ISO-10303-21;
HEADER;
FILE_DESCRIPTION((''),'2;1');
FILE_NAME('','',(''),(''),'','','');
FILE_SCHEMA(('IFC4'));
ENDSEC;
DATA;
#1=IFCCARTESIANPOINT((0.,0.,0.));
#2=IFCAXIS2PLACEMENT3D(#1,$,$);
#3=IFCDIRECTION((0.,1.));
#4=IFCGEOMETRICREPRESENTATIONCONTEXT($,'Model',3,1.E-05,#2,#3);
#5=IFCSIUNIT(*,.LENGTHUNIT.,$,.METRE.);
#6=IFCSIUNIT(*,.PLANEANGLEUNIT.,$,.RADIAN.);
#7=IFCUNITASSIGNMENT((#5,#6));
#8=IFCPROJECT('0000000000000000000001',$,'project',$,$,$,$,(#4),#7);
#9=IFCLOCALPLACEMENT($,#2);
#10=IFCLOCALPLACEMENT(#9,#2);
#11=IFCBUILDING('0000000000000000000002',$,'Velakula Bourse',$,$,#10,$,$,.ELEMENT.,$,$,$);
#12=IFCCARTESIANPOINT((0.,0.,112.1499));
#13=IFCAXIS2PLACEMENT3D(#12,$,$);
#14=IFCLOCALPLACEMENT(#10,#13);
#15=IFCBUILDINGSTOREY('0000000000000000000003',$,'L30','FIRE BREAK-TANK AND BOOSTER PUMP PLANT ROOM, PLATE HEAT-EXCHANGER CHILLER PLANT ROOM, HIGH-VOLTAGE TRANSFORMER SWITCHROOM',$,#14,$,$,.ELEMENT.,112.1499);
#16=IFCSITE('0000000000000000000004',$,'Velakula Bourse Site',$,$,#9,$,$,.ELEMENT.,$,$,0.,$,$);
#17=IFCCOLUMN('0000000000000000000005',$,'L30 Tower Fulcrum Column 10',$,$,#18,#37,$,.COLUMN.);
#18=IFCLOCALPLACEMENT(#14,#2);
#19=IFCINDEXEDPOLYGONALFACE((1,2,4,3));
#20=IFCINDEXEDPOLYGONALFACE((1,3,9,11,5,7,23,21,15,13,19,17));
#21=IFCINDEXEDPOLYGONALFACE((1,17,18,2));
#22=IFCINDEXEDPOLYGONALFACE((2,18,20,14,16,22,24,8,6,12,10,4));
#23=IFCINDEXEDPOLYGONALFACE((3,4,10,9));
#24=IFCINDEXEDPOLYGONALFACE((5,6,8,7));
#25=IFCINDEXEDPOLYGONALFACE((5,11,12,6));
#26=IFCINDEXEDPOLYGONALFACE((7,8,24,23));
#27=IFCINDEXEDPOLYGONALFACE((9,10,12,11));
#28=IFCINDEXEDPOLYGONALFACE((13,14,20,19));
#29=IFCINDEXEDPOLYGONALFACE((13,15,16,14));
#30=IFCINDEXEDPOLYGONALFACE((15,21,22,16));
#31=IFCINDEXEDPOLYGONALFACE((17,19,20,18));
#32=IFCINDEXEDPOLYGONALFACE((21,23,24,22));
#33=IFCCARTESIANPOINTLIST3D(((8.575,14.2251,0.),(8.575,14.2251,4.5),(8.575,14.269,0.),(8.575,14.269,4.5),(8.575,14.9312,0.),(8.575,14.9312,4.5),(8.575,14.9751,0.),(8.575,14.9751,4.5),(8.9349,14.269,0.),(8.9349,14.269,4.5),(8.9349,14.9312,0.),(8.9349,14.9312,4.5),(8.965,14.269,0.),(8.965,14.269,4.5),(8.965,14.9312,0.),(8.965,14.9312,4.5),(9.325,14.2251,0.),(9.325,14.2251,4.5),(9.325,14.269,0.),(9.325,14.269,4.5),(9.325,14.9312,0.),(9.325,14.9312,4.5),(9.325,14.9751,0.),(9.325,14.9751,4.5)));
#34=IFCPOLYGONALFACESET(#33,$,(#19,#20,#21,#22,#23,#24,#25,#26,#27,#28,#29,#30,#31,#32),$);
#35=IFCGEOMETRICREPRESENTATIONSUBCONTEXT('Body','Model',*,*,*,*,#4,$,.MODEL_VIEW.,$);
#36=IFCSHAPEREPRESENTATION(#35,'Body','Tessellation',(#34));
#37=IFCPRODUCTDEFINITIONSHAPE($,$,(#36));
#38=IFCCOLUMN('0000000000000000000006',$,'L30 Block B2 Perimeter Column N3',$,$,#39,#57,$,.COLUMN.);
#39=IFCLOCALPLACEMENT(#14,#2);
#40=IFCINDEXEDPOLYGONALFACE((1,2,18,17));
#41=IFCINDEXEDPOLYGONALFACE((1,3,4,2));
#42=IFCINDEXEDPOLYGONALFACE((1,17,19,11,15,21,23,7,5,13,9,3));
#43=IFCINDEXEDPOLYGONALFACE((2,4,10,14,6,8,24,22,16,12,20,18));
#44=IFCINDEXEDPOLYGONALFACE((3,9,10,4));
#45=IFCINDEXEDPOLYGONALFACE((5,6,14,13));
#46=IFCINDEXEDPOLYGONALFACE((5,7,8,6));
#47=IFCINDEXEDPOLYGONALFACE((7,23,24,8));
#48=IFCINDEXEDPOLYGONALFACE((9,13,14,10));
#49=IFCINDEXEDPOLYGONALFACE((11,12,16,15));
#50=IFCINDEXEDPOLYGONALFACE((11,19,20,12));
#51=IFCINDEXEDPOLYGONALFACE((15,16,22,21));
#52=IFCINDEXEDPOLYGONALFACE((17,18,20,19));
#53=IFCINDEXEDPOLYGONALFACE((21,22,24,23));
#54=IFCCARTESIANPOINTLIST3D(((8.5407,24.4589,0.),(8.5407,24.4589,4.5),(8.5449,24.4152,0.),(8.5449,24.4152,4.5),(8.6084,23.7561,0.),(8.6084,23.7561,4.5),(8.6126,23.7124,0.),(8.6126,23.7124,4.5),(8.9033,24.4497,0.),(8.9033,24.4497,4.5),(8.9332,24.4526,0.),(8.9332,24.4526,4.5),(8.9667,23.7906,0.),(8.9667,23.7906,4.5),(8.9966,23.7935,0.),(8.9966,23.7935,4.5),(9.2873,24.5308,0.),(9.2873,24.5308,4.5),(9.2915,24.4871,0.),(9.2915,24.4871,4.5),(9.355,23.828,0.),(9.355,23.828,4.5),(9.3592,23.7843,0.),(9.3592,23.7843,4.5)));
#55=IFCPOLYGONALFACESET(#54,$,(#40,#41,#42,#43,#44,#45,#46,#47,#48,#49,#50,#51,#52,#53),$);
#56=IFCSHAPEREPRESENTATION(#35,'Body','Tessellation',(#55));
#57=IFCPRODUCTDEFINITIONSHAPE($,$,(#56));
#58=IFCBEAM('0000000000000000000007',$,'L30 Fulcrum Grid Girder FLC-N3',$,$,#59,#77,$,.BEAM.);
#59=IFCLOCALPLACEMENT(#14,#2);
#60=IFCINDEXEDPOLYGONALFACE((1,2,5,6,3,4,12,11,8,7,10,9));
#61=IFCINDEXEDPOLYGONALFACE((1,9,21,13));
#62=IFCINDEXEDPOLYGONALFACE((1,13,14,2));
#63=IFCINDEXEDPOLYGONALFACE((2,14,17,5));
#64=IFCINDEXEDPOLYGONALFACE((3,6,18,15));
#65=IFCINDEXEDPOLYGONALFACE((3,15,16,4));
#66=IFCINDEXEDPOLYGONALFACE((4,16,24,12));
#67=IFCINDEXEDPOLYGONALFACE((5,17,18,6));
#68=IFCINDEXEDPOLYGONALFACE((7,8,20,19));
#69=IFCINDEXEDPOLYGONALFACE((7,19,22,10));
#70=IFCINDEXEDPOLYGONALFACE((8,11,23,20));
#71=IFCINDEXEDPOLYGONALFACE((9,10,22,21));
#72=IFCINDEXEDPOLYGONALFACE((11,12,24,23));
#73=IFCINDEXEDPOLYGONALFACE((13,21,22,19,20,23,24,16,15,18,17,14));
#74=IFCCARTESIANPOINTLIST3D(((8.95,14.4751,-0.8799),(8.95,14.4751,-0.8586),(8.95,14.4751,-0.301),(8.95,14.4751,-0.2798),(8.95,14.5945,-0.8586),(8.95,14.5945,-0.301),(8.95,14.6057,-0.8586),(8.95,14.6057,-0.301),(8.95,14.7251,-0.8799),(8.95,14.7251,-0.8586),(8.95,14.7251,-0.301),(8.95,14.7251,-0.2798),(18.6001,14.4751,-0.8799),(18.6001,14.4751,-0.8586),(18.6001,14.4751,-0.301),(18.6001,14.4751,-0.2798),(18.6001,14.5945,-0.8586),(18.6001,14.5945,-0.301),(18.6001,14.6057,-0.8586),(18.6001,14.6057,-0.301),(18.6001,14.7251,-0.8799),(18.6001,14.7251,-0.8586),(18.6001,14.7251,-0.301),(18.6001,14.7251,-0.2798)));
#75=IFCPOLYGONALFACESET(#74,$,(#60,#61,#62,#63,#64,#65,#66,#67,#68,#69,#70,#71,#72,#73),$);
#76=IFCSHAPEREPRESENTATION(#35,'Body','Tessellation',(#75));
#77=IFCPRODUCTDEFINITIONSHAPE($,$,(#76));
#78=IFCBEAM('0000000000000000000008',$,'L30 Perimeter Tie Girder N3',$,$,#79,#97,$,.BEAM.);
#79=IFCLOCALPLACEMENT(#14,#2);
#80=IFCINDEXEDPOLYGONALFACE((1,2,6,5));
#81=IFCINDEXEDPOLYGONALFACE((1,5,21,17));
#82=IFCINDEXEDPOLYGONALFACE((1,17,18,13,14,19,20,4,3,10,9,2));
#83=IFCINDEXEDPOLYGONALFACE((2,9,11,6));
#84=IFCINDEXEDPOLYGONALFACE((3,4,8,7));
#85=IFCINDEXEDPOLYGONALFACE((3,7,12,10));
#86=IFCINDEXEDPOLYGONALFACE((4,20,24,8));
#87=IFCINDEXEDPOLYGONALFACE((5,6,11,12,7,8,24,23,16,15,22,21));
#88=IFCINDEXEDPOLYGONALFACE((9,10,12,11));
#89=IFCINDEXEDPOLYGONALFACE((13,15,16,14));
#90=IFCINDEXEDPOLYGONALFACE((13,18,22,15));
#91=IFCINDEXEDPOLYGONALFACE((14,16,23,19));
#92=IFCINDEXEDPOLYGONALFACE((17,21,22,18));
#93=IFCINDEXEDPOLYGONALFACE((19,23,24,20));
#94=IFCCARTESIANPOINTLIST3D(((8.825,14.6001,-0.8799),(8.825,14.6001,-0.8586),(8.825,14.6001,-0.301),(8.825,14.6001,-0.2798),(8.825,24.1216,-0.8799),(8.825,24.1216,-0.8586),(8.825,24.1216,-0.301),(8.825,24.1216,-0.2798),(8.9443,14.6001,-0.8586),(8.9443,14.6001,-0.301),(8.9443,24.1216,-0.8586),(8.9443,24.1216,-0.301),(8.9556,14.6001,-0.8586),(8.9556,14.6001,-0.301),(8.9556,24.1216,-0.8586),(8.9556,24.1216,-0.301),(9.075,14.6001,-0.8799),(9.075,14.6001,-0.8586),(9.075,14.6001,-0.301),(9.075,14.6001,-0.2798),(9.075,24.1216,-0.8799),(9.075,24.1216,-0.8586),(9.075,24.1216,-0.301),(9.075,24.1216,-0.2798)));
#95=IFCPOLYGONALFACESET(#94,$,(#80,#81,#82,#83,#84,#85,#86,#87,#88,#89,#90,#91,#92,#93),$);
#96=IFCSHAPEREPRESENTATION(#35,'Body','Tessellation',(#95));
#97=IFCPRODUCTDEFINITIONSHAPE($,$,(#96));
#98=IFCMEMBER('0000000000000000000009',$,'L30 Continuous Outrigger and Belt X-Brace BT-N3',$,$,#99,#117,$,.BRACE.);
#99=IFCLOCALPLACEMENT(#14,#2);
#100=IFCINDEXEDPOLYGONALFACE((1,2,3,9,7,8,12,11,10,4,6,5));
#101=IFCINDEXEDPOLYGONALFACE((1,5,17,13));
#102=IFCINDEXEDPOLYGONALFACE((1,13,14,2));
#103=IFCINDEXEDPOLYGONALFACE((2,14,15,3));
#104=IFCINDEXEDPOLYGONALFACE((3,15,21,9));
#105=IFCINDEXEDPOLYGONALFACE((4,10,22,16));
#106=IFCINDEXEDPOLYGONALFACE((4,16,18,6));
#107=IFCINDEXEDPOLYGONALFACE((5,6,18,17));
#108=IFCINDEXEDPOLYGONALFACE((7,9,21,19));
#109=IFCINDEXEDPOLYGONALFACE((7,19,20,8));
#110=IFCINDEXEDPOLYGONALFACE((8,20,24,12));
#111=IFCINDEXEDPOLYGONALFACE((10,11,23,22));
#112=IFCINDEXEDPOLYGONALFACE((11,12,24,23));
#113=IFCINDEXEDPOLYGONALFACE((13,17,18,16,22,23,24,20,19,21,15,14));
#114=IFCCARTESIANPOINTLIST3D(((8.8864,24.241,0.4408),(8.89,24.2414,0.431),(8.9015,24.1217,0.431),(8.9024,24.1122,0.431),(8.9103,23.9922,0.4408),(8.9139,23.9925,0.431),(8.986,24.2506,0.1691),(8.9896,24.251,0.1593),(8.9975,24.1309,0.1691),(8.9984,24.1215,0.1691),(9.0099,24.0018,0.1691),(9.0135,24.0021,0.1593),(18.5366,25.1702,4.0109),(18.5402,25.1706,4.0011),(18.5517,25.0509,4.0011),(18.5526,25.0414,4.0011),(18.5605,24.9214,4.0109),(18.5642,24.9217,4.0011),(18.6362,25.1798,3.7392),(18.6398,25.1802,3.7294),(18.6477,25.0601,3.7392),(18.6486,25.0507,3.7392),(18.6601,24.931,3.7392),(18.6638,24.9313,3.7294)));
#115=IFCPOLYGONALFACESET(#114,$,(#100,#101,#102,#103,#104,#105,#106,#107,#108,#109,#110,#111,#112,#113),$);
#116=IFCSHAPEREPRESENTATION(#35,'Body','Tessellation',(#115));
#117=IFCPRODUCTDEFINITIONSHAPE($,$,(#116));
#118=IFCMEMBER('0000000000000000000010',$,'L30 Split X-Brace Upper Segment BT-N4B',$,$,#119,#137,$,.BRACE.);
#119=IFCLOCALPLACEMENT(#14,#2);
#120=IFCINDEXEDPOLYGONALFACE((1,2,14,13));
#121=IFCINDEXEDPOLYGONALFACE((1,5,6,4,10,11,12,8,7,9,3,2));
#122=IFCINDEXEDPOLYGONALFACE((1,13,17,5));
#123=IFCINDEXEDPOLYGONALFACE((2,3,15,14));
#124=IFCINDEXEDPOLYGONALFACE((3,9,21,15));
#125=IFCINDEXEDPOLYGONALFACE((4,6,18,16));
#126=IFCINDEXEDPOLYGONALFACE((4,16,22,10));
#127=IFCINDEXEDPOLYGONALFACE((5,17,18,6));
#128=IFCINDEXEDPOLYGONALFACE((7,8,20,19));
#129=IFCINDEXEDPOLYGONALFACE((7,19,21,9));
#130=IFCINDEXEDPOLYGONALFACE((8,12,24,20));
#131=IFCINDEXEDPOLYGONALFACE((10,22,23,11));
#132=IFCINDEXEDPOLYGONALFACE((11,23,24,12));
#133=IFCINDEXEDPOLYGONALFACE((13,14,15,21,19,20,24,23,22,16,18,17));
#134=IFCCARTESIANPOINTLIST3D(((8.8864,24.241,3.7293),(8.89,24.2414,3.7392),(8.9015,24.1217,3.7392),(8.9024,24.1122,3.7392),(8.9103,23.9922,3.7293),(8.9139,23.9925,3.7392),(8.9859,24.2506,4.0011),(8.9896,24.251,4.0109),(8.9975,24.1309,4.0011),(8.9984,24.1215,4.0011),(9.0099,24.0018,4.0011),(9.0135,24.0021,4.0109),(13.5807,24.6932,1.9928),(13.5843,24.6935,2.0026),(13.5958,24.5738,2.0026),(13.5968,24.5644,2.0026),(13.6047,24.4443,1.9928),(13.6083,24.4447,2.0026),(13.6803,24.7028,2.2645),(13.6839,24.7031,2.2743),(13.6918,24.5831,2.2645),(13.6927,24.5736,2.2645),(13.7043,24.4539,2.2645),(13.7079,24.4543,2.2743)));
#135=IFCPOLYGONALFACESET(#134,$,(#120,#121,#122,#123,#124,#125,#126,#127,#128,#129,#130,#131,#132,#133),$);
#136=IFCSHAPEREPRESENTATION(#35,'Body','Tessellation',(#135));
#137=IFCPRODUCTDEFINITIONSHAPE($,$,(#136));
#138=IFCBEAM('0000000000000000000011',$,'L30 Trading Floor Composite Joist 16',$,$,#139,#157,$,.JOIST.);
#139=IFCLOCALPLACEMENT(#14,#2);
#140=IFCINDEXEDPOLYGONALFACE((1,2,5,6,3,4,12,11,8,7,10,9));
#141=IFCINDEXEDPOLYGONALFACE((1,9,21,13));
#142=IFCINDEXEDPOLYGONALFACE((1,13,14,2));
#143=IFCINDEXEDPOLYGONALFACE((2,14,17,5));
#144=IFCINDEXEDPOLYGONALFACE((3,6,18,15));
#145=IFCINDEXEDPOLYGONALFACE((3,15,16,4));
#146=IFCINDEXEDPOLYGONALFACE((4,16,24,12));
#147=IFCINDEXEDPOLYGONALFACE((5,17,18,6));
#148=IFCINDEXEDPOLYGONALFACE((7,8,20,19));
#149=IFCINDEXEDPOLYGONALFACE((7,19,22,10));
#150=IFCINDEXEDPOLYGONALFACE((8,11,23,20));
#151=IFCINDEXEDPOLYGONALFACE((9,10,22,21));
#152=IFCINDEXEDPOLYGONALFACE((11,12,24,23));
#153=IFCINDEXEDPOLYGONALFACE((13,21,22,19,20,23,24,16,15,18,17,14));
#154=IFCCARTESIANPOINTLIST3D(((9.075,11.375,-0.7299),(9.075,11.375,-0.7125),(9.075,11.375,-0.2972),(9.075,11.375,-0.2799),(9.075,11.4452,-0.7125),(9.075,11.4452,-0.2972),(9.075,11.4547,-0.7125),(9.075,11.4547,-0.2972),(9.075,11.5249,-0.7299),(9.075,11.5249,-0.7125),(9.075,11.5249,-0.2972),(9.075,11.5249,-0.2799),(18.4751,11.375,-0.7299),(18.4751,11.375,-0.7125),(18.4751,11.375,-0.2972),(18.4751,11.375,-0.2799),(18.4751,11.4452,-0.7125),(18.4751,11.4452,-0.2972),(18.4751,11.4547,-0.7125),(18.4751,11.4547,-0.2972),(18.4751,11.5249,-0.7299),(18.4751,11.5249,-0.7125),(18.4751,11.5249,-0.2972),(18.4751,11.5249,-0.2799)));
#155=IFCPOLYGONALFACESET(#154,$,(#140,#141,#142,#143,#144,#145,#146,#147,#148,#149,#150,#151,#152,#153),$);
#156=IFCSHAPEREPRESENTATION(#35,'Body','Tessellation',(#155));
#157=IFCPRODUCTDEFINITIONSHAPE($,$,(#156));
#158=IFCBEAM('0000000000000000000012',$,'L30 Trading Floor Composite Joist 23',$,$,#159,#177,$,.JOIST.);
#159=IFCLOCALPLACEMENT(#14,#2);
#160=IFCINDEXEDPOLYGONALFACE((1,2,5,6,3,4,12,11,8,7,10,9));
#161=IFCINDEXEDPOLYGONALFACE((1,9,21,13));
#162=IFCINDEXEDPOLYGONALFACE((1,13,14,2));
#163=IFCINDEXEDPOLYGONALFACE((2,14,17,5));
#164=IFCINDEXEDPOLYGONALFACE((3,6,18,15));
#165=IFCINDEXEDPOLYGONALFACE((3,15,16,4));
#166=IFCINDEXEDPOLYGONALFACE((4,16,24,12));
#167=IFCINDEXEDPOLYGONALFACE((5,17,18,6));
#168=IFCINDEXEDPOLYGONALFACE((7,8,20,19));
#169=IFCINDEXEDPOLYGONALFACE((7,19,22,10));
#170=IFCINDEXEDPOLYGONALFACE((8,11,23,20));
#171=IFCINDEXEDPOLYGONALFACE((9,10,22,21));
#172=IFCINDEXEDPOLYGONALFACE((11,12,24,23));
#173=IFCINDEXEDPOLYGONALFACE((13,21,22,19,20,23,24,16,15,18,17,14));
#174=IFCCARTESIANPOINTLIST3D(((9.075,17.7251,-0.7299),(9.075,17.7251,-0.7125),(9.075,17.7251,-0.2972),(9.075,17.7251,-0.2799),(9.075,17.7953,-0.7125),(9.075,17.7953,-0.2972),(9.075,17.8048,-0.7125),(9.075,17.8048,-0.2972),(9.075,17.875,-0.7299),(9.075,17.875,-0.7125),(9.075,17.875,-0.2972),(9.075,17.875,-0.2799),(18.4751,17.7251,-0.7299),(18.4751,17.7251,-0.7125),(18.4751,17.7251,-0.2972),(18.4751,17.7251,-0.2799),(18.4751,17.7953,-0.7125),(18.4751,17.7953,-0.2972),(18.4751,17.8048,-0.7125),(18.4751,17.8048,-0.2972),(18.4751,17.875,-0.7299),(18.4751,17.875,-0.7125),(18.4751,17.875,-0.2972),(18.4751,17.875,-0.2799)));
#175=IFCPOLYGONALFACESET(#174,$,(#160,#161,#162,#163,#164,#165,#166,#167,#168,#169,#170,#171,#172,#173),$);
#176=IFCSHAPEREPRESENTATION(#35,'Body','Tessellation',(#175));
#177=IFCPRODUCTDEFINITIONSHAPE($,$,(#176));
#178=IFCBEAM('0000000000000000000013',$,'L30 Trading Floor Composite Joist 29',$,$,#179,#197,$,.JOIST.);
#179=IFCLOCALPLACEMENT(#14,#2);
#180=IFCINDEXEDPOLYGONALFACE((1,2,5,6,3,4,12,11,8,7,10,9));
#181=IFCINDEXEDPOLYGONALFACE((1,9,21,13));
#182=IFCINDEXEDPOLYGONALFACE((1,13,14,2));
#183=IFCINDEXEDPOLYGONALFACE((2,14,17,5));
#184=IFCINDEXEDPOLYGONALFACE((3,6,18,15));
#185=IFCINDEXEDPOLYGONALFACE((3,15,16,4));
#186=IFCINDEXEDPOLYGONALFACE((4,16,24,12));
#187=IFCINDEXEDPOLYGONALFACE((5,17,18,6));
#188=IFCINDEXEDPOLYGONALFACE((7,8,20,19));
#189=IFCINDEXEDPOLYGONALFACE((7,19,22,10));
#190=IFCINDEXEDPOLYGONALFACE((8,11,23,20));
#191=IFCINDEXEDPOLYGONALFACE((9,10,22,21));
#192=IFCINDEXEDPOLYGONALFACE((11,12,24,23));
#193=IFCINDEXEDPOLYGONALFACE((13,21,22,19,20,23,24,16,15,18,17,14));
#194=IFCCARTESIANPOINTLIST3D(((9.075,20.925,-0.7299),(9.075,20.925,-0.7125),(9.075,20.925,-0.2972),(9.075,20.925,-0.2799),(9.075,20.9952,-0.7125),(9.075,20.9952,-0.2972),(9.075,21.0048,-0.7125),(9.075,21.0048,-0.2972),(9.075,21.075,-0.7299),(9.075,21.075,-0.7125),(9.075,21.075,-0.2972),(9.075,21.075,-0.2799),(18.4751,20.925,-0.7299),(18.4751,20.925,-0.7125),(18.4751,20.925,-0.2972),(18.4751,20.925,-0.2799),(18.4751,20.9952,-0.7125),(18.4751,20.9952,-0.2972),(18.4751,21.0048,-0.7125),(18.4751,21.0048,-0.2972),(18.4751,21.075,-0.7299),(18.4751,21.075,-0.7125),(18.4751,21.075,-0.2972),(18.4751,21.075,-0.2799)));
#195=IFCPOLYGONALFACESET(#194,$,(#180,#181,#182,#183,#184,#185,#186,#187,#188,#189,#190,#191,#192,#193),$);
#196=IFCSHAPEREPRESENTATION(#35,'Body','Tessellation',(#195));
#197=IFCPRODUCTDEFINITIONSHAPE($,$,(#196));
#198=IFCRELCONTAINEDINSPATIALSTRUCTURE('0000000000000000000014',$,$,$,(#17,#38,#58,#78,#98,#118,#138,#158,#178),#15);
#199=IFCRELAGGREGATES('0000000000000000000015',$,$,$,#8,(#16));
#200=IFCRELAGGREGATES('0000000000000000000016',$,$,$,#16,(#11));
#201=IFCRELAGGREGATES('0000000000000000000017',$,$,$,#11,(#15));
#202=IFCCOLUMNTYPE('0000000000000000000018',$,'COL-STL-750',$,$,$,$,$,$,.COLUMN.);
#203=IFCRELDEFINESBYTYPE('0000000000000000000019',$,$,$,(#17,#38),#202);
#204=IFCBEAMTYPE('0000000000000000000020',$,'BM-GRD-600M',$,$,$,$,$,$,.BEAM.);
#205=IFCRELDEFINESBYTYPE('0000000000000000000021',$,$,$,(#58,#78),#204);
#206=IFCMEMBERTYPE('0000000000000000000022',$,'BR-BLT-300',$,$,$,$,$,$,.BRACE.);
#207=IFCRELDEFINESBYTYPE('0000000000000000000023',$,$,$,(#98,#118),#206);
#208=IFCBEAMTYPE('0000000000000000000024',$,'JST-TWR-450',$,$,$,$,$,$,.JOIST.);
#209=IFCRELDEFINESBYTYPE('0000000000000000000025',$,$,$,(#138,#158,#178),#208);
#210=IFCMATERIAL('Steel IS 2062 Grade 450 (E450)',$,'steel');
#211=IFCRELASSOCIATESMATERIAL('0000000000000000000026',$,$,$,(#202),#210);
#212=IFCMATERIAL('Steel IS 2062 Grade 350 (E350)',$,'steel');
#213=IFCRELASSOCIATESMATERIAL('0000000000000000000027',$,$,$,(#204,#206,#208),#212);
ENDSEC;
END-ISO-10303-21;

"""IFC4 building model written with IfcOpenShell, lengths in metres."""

from ifc_helpers import new_model, si_unit, direction, frame, origin, origin_2d, place, context, subcontext, project, spatial, i_section, extrude, material, material_profile, profile_set, type_object, element, save


model = new_model("IFC4")

# Units and contexts
model_context = context("Model", 3, precision=1e-05, world=origin(), true_north=direction((0.0, 1.0)))
body_context = subcontext(model_context, "Body", "Model", "MODEL_VIEW")
ifc_project = project(units=[si_unit("LENGTHUNIT", "METRE"), si_unit("PLANEANGLEUNIT", "RADIAN")], contexts=[model_context])

# Site, building, storey
site_placement = place(None, origin())
site = spatial("IfcSite", under=ifc_project, at=site_placement, Name="Velakula Bourse Site", CompositionType="ELEMENT", RefElevation=0.0)
building_placement = place(site_placement, origin())
building = spatial("IfcBuilding", under=site, at=building_placement, Name="Velakula Bourse", CompositionType="ELEMENT")
storey_placement = place(building_placement, frame((0.0, 0.0, 112.1499)))
storey = spatial("IfcBuildingStorey", under=building, at=storey_placement, Name="L30", Description="FIRE BREAK-TANK AND BOOSTER PUMP PLANT ROOM, PLATE HEAT-EXCHANGER CHILLER PLANT ROOM, HIGH-VOLTAGE TRANSFORMER SWITCHROOM", CompositionType="ELEMENT", Elevation=112.1499)

# Columns
ifc_material_1 = material(Name="Steel IS 2062 Grade 450 (E450)", Category="steel")
ifc_material_profile_1 = material_profile(ifc_material_1, i_section(OverallWidth=0.75, OverallDepth=0.75, WebThickness=0.03, FlangeThickness=0.0439, at=origin_2d()), Name="Steel IS 2062 Grade 450 (E450)")
ifc_profile_set_1 = profile_set([ifc_material_profile_1], Name="Steel IS 2062 Grade 450 (E450)")
column_type = type_object("IfcColumnType", Name="COL-STL-750", PredefinedType="COLUMN", material=ifc_profile_set_1)
for number, where, z_axis, x_axis, name in (
    (1, (8.95, 14.6001, 0.0), (0.0, 0.0, 1.0), (1.0, 0.0, 0.0), "L30 Tower Fulcrum Column 10"),
    (2, (8.95, 24.1216, 0.0), (0.0, 0.0, 1.0), (0.995396, 0.095846, 0.0), "L30 Block B2 Perimeter Column N3"),
):
    element("IfcColumn", number, at=place(storey_placement, frame(where, z_axis=z_axis, x_axis=x_axis)), inside=storey, type_object=column_type, Name=name, PredefinedType="COLUMN", context=body_context, shape_type="SweptSolid", body=[
        extrude(i_section(OverallWidth=0.75, OverallDepth=0.75, WebThickness=0.03, FlangeThickness=0.0439, at=origin_2d()), origin(), (0.0, 0.0, 1.0), 4.5),
    ])

# Beams
ifc_material_2 = material(Name="Steel IS 2062 Grade 350 (E350)", Category="steel")
ifc_material_profile_2 = material_profile(ifc_material_2, i_section(OverallWidth=0.25, OverallDepth=0.6001, WebThickness=0.0112, FlangeThickness=0.0212, at=origin_2d()), Name="Steel IS 2062 Grade 350 (E350)")
ifc_profile_set_2 = profile_set([ifc_material_profile_2], Name="Steel IS 2062 Grade 350 (E350)")
beam_type_1 = type_object("IfcBeamType", Name="BM-GRD-600M", PredefinedType="BEAM", material=ifc_profile_set_2)
beam_1_placement = place(storey_placement, frame((8.95, 14.6001, -0.5798), z_axis=(1.0, 0.0, 0.0), x_axis=(0.0, 1.0, 0.0)))
element("IfcBeam", 3, at=beam_1_placement, inside=storey, type_object=beam_type_1, Name="L30 Fulcrum Grid Girder FLC-N3", PredefinedType="BEAM", context=body_context, shape_type="SweptSolid", body=[
    extrude(i_section(OverallWidth=0.25, OverallDepth=0.6001, WebThickness=0.0112, FlangeThickness=0.0212, at=origin_2d()), origin(), (0.0, 0.0, 1.0), 9.6501),
])
beam_2_placement = place(storey_placement, frame((8.95, 14.6001, -0.5798), z_axis=(0.0, 1.0, 0.0), x_axis=(-1.0, 0.0, 0.0)))
element("IfcBeam", 4, at=beam_2_placement, inside=storey, type_object=beam_type_1, Name="L30 Perimeter Tie Girder N3", PredefinedType="BEAM", context=body_context, shape_type="SweptSolid", body=[
    extrude(i_section(OverallWidth=0.25, OverallDepth=0.6001, WebThickness=0.0112, FlangeThickness=0.0212, at=origin_2d()), origin(), (0.0, 0.0, 1.0), 9.5215),
])

# Members
ifc_material_profile_3 = material_profile(ifc_material_2, i_section(OverallWidth=0.25, OverallDepth=0.3, WebThickness=0.0095, FlangeThickness=0.0105, at=origin_2d()), Name="Steel IS 2062 Grade 350 (E350)")
ifc_profile_set_3 = profile_set([ifc_material_profile_3], Name="Steel IS 2062 Grade 350 (E350)")
member_type = type_object("IfcMemberType", Name="BR-BLT-300", PredefinedType="BRACE", material=ifc_profile_set_3)
member_1_placement = place(storey_placement, frame((8.95, 24.1216, 0.3), z_axis=(0.934076, 0.089941, 0.345561), x_axis=(-0.095845, 0.995396, 0.0)))
element("IfcMember", 5, at=member_1_placement, inside=storey, type_object=member_type, Name="L30 Continuous Outrigger and Belt X-Brace BT-N3", PredefinedType="BRACE", context=body_context, shape_type="SweptSolid", body=[
    extrude(i_section(OverallWidth=0.25, OverallDepth=0.3, WebThickness=0.0095, FlangeThickness=0.0105, at=origin_2d()), origin(), (0.0, 0.0, 1.0), 10.3313),
])
member_2_placement = place(storey_placement, frame((13.6443, 24.5737, 2.1335), z_axis=(-0.93408, -0.089969, 0.345544), x_axis=(0.095874, -0.995393, 0.0)))
element("IfcMember", 6, at=member_2_placement, inside=storey, type_object=member_type, Name="L30 Split X-Brace Upper Segment BT-N4B", PredefinedType="BRACE", context=body_context, shape_type="SweptSolid", body=[
    extrude(i_section(OverallWidth=0.25, OverallDepth=0.3, WebThickness=0.0095, FlangeThickness=0.0105, at=origin_2d()), origin(), (0.0, 0.0, 1.0), 5.0256),
])

# Beams
ifc_material_profile_4 = material_profile(ifc_material_2, i_section(OverallWidth=0.1499, OverallDepth=0.45, WebThickness=0.0095, FlangeThickness=0.0173, at=origin_2d()), Name="Steel IS 2062 Grade 350 (E350)")
ifc_profile_set_4 = profile_set([ifc_material_profile_4], Name="Steel IS 2062 Grade 350 (E350)")
beam_type_2 = type_object("IfcBeamType", Name="JST-TWR-450", PredefinedType="JOIST", material=ifc_profile_set_4)
for number, where, z_axis, x_axis, name in (
    (7, (9.075, 11.45, -0.5049), (1.0, 0.0, 0.0), (0.0, 1.0, 0.0), "L30 Trading Floor Composite Joist 16"),
    (8, (9.075, 17.8, -0.5049), (1.0, 0.0, 0.0), (0.0, 1.0, 0.0), "L30 Trading Floor Composite Joist 23"),
    (9, (9.075, 21.0, -0.5049), (1.0, 0.0, 0.0), (0.0, 1.0, 0.0), "L30 Trading Floor Composite Joist 29"),
):
    element("IfcBeam", number, at=place(storey_placement, frame(where, z_axis=z_axis, x_axis=x_axis)), inside=storey, type_object=beam_type_2, Name=name, PredefinedType="JOIST", context=body_context, shape_type="SweptSolid", body=[
        extrude(i_section(OverallWidth=0.1499, OverallDepth=0.45, WebThickness=0.0095, FlangeThickness=0.0173, at=origin_2d()), origin(), (0.0, 0.0, 1.0), 9.4001),
    ])

save(model, "model.ifc")
